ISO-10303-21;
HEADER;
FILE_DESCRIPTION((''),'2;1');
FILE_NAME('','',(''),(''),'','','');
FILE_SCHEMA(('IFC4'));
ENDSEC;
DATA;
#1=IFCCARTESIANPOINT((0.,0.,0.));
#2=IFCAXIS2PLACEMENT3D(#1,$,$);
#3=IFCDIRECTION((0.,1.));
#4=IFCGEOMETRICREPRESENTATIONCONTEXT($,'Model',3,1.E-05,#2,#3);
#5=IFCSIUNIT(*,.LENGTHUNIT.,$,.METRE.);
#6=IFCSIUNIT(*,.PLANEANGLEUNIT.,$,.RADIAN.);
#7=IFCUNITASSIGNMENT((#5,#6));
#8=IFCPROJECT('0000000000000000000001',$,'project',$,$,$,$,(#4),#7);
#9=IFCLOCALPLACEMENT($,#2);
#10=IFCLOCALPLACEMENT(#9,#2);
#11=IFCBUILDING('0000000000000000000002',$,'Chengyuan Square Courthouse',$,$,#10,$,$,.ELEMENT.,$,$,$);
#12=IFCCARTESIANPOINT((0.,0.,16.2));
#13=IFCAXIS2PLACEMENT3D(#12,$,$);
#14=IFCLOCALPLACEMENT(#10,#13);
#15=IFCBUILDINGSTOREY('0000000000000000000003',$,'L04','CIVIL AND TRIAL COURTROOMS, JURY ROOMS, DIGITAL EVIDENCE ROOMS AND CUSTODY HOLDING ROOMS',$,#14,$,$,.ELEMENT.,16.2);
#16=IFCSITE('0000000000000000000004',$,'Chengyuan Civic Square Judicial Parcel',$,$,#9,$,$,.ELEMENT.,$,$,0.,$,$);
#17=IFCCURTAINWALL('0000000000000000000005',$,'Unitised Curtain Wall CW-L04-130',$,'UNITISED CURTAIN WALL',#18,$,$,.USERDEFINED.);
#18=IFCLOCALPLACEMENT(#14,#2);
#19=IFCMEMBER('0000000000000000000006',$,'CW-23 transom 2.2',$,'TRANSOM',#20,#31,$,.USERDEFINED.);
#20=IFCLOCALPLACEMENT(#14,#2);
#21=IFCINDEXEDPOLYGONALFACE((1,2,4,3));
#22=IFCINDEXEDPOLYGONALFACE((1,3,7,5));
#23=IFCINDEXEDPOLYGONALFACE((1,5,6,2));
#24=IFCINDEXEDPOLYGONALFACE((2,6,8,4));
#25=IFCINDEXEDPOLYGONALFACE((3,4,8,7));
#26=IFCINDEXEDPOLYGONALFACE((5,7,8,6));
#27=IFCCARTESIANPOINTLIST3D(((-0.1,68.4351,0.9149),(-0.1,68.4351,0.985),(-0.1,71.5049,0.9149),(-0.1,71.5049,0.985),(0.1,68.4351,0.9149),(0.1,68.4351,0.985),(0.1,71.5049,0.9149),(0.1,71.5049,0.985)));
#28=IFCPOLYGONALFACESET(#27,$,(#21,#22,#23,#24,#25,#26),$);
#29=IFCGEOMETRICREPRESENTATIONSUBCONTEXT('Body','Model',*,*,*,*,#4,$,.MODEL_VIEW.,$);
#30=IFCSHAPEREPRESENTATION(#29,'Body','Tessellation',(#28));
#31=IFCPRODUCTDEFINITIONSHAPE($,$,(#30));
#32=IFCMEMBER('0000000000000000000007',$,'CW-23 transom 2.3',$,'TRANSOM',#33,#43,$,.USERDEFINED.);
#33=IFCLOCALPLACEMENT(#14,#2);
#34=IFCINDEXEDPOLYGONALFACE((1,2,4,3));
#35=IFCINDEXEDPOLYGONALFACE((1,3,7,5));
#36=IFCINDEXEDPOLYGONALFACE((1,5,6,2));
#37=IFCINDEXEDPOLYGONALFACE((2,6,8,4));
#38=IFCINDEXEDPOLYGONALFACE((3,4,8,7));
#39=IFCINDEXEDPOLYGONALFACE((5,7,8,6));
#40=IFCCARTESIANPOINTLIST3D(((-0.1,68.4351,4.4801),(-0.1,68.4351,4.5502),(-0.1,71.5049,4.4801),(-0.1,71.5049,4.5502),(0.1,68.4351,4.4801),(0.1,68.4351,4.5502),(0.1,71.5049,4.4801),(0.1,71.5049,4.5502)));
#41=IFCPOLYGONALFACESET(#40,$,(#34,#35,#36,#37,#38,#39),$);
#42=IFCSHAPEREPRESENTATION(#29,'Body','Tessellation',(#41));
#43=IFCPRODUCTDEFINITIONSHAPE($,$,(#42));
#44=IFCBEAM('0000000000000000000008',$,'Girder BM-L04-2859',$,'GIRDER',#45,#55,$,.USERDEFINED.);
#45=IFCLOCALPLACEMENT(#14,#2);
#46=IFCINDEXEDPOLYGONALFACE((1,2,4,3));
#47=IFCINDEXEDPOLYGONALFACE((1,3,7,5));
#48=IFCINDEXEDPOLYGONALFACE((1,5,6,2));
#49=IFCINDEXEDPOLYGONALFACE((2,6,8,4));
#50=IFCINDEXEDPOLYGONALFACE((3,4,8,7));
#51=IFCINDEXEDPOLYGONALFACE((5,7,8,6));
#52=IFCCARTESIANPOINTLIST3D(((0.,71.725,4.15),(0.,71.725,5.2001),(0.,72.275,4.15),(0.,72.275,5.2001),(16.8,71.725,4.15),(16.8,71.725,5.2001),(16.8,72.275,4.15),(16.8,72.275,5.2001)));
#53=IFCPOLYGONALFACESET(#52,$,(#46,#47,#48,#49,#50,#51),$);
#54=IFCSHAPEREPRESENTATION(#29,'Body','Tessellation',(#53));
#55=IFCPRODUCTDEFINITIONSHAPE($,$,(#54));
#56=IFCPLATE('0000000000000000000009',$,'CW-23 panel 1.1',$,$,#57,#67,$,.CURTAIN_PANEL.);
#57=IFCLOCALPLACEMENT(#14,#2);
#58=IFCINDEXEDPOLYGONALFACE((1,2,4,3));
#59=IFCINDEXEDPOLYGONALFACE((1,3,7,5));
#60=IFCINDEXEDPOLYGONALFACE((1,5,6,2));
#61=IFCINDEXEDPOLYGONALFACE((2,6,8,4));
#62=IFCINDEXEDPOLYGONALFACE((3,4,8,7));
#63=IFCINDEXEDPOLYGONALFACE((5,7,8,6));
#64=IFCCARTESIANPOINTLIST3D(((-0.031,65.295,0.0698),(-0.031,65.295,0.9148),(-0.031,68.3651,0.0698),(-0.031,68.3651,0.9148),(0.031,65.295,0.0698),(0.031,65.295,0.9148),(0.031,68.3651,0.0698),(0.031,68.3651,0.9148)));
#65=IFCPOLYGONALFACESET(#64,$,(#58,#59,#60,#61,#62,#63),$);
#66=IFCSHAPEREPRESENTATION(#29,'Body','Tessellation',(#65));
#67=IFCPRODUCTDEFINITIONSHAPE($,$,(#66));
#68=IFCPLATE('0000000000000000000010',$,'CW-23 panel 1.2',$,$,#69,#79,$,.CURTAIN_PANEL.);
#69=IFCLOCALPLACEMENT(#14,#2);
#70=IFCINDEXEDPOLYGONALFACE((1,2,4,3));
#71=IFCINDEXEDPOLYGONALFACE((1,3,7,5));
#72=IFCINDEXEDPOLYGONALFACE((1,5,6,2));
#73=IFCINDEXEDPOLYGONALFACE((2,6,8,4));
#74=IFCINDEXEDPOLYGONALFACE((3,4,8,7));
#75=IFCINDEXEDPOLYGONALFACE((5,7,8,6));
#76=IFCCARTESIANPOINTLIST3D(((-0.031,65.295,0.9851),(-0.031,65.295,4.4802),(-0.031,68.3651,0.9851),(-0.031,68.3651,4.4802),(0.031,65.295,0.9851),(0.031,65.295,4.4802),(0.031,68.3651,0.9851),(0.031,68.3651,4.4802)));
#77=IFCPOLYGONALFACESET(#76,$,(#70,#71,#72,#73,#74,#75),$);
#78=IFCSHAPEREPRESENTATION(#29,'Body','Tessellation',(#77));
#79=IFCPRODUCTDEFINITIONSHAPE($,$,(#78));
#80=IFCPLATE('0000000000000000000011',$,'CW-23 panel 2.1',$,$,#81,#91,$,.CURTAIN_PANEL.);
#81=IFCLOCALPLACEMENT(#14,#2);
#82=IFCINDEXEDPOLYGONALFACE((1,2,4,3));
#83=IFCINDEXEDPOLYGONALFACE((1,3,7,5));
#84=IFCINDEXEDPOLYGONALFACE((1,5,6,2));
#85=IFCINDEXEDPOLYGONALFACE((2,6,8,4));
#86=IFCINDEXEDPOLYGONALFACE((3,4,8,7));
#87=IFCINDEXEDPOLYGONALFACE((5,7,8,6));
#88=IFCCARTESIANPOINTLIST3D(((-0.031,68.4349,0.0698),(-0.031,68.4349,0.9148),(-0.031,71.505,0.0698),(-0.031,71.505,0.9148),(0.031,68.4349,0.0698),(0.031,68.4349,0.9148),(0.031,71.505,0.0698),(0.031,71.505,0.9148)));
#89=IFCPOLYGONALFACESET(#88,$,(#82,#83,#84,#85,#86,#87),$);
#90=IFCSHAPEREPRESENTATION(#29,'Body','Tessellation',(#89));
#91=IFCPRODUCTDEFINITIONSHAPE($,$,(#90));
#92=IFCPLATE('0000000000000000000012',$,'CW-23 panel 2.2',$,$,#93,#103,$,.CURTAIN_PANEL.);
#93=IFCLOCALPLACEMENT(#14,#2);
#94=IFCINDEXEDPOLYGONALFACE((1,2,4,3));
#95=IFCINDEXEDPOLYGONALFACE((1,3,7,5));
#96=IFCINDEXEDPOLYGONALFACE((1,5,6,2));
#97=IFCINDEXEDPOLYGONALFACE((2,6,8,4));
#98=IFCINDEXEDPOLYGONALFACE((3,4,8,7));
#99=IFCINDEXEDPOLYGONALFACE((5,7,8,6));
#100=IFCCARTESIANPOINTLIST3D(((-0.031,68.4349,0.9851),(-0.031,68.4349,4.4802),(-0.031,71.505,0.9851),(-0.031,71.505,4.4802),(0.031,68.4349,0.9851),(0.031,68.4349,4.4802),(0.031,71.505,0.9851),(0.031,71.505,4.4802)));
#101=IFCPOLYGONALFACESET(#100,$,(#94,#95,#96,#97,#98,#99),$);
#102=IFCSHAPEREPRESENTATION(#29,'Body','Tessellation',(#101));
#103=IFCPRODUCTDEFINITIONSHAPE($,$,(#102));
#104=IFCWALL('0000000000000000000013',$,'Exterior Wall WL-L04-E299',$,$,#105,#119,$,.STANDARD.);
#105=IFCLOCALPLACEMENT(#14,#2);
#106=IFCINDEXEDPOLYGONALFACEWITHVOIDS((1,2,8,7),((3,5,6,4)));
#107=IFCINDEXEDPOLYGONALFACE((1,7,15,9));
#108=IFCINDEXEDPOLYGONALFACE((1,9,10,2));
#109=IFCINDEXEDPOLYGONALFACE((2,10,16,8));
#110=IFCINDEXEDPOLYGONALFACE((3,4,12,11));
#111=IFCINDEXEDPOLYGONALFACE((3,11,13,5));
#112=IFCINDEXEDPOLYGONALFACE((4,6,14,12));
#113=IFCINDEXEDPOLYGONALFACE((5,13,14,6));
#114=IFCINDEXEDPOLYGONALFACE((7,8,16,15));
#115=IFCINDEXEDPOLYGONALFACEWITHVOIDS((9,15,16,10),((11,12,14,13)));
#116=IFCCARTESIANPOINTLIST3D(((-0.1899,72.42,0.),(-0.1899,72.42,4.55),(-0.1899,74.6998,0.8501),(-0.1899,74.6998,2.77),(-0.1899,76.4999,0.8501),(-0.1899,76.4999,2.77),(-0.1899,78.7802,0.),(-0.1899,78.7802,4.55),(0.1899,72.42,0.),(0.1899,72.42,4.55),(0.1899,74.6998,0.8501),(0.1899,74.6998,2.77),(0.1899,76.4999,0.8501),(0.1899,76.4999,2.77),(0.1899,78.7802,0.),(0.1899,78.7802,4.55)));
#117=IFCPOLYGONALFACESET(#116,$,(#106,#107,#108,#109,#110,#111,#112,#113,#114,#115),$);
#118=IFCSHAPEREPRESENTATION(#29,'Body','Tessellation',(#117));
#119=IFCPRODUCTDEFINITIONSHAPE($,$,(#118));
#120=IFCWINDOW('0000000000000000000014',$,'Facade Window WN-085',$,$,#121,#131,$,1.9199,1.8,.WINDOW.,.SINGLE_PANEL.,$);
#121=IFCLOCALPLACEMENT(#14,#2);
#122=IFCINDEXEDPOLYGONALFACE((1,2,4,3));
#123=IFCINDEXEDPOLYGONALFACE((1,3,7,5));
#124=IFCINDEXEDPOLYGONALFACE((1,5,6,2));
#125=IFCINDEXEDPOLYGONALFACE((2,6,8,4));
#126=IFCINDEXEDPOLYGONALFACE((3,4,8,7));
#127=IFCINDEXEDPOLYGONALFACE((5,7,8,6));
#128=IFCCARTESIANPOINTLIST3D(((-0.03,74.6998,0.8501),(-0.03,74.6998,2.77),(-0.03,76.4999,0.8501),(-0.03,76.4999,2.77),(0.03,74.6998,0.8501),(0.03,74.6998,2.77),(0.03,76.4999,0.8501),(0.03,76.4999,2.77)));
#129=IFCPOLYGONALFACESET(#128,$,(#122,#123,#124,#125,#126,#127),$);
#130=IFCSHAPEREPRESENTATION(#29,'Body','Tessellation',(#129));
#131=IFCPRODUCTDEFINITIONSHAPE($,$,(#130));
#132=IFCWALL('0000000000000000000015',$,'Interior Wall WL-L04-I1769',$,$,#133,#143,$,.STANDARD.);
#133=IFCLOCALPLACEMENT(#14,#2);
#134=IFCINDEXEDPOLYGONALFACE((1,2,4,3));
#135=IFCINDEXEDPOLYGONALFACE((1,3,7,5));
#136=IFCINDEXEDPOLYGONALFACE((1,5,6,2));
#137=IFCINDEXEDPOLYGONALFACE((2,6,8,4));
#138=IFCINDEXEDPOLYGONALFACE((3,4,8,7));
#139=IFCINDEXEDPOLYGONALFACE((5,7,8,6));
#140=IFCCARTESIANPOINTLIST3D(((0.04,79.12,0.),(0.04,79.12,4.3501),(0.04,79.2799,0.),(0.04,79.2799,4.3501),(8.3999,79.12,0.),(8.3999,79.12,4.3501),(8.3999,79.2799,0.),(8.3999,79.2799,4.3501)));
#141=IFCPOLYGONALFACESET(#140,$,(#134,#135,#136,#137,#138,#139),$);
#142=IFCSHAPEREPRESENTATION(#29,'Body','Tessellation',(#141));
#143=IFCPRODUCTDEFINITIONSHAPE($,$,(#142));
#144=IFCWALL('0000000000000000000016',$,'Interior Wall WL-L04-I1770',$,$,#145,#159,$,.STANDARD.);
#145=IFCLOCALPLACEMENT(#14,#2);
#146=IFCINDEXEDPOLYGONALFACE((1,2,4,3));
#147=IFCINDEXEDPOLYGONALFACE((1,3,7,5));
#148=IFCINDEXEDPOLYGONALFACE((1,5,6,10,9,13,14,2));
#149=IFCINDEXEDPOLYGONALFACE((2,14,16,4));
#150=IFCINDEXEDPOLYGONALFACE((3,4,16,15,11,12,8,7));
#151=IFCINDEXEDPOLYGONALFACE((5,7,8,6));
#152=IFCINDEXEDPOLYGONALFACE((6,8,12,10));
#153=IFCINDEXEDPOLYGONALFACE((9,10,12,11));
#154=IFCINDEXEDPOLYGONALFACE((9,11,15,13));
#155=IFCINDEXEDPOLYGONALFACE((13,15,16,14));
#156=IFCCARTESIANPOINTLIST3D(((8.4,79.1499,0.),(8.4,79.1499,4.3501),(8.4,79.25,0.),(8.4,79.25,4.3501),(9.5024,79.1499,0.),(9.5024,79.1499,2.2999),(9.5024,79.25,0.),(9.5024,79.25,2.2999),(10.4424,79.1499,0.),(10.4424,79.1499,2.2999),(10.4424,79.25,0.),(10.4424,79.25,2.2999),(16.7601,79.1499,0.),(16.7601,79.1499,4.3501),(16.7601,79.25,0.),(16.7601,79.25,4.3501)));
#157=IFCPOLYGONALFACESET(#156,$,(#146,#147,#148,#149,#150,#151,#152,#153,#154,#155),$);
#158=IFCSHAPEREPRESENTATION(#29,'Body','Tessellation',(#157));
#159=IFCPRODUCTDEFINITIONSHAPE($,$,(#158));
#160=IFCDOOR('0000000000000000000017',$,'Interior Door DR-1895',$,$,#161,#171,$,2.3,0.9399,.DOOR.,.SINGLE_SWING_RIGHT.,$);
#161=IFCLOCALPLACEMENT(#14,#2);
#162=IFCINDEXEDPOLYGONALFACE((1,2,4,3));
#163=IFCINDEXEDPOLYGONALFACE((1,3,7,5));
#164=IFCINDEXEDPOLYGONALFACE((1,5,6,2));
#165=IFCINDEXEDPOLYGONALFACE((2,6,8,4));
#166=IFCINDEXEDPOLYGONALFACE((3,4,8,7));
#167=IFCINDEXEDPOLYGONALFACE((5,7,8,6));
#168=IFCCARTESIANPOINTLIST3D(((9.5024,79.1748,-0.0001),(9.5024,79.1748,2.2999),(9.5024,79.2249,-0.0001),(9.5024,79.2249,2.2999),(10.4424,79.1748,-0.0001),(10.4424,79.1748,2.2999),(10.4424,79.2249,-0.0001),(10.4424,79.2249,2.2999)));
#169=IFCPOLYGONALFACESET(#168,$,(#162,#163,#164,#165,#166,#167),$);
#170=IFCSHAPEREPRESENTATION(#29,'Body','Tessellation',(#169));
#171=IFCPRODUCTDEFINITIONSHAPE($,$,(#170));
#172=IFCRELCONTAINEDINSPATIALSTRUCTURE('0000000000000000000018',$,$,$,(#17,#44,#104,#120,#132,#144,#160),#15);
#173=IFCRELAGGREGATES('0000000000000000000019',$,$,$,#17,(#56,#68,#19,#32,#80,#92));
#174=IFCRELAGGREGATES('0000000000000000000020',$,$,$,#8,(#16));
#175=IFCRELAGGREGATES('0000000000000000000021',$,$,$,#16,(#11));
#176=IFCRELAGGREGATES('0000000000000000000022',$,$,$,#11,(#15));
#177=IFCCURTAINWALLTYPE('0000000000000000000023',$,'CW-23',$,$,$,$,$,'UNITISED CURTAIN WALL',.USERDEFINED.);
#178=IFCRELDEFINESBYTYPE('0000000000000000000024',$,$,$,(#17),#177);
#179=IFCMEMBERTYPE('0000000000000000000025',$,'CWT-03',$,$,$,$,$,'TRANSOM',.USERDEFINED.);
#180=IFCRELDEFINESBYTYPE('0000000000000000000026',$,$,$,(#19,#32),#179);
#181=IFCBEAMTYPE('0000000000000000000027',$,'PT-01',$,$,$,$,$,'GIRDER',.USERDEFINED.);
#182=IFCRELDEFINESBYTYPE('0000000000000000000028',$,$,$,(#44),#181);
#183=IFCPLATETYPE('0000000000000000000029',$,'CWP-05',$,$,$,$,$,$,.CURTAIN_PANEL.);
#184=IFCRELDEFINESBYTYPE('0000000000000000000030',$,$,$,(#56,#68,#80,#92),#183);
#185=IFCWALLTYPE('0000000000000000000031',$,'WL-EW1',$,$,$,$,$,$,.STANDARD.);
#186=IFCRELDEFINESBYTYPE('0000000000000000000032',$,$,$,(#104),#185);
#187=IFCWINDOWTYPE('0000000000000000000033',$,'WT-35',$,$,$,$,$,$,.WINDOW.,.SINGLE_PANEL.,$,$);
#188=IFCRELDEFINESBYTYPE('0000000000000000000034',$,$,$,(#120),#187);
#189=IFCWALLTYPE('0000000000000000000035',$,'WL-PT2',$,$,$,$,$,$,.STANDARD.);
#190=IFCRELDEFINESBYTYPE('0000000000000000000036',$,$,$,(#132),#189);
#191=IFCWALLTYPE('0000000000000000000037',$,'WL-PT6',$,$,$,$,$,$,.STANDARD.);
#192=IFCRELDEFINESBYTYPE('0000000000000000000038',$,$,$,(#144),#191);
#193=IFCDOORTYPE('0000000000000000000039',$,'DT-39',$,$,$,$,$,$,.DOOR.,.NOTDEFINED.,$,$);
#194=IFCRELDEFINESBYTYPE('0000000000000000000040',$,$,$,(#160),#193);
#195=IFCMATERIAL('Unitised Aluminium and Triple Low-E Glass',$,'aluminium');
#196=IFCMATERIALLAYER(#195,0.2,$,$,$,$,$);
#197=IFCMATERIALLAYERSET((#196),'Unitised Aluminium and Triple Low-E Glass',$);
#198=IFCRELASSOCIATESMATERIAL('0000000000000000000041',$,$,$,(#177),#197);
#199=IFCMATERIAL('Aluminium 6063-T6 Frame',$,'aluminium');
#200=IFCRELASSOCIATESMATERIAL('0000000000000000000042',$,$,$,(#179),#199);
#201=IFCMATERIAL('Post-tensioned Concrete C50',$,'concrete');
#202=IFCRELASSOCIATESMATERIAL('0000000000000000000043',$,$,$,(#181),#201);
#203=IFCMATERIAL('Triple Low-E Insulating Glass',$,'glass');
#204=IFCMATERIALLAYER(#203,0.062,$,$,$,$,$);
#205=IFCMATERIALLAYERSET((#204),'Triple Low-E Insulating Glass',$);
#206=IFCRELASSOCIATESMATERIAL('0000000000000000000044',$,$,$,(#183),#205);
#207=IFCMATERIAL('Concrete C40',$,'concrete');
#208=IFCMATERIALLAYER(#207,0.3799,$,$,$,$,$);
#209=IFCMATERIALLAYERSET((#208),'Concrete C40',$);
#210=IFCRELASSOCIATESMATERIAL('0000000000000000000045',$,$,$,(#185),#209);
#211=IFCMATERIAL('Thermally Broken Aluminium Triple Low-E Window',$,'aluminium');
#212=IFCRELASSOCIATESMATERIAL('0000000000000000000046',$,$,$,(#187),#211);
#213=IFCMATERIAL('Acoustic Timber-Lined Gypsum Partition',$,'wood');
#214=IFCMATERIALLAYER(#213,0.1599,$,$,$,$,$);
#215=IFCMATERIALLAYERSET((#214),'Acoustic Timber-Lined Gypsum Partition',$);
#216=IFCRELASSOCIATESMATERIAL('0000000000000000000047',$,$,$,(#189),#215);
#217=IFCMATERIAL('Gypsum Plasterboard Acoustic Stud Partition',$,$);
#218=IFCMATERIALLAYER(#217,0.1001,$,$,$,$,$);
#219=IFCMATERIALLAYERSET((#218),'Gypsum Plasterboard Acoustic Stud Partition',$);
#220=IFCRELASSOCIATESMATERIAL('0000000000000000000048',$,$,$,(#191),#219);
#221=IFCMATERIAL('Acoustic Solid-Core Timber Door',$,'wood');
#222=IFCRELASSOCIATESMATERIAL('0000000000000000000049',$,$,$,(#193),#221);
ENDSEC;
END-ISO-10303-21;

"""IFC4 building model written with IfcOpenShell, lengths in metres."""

from ifc_helpers import new_model, si_unit, direction, frame, frame_2d, origin, origin_2d, place, context, subcontext, project, spatial, rectangle, extrude, material, layer, layer_set, material_profile, profile_set, type_object, element, fill, aggregate, save


model = new_model("IFC4")

# Units and contexts
model_context = context("Model", 3, precision=1e-05, world=origin(), true_north=direction((0.0, 1.0)))
body_context = subcontext(model_context, "Body", "Model", "MODEL_VIEW")
ifc_project = project(units=[si_unit("LENGTHUNIT", "METRE"), si_unit("PLANEANGLEUNIT", "RADIAN")], contexts=[model_context])

# Site, building, storey
site_placement = place(None, origin())
site = spatial("IfcSite", under=ifc_project, at=site_placement, Name="Chengyuan Civic Square Judicial Parcel", CompositionType="ELEMENT", RefElevation=0.0)
building_placement = place(site_placement, origin())
building = spatial("IfcBuilding", under=site, at=building_placement, Name="Chengyuan Square Courthouse", CompositionType="ELEMENT")
storey_placement = place(building_placement, frame((0.0, 0.0, 16.2)))
storey = spatial("IfcBuildingStorey", under=building, at=storey_placement, Name="L04", Description="CIVIL AND TRIAL COURTROOMS, JURY ROOMS, DIGITAL EVIDENCE ROOMS AND CUSTODY HOLDING ROOMS", CompositionType="ELEMENT", Elevation=16.2)

# Shared definitions
ifc_material_1 = material(Name="Concrete C40", Category="concrete")

# Curtain wall, members
ifc_material_2 = material(Name="Unitised Aluminium and Triple Low-E Glass", Category="aluminium")
ifc_layer_1 = layer(ifc_material_2, 0.2)
ifc_layer_set_1 = layer_set([ifc_layer_1], Name="Unitised Aluminium and Triple Low-E Glass")
curtain_wall_type = type_object("IfcCurtainWallType", Name="CW-23", ElementType="UNITISED CURTAIN WALL", PredefinedType="USERDEFINED", material=ifc_layer_set_1)
curtain_wall_placement = place(storey_placement, origin())
curtain_wall = element("IfcCurtainWall", 1, at=curtain_wall_placement, inside=storey, type_object=curtain_wall_type, Name="Unitised Curtain Wall CW-L04-130", ObjectType="UNITISED CURTAIN WALL", PredefinedType="USERDEFINED")
ifc_material_3 = material(Name="Aluminium 6063-T6 Frame", Category="aluminium")
ifc_material_profile_1 = material_profile(ifc_material_3, rectangle(XDim=0.2, YDim=0.0701, at=origin_2d()), Name="CW-TRN-70x160")
ifc_profile_set_1 = profile_set([ifc_material_profile_1], Name="Aluminium 6063-T6 Frame")
member_type_1 = type_object("IfcMemberType", Name="CWT-03", ElementType="TRANSOM", PredefinedType="USERDEFINED", material=ifc_profile_set_1)
member_1_placement = place(storey_placement, frame((0.0, 68.4351, 0.95), z_axis=(0.0, 1.0, 0.0), x_axis=(-1.0, 0.0, 0.0)))
member_1 = element("IfcMember", 2, at=member_1_placement, type_object=member_type_1, Name="CW-23 transom 2.2", ObjectType="TRANSOM", PredefinedType="USERDEFINED", context=body_context, shape_type="SweptSolid", body=[
    extrude(rectangle(XDim=0.2, YDim=0.0701, at=origin_2d()), origin(), (0.0, 0.0, 1.0), 3.0698),
])
member_2_placement = place(storey_placement, frame((0.0, 68.4351, 4.5151), z_axis=(0.0, 1.0, 0.0), x_axis=(-1.0, 0.0, 0.0)))
member_2 = element("IfcMember", 3, at=member_2_placement, type_object=member_type_1, Name="CW-23 transom 2.3", ObjectType="TRANSOM", PredefinedType="USERDEFINED", context=body_context, shape_type="SweptSolid", body=[
    extrude(rectangle(XDim=0.2, YDim=0.0701, at=origin_2d()), origin(), (0.0, 0.0, 1.0), 3.0698),
])

# Beam
ifc_material_4 = material(Name="Post-tensioned Concrete C50", Category="concrete")
ifc_material_profile_2 = material_profile(ifc_material_4, rectangle(XDim=0.55, YDim=1.05, at=origin_2d()), Name="PT-BM-550x1050")
ifc_profile_set_2 = profile_set([ifc_material_profile_2], Name="Post-tensioned Concrete C50")
beam_type_1 = type_object("IfcBeamType", Name="PT-01", ElementType="GIRDER", PredefinedType="USERDEFINED", material=ifc_profile_set_2)
beam_1_placement = place(storey_placement, frame((0.0, 72.0, 4.675), z_axis=(1.0, 0.0, 0.0), x_axis=(0.0, 1.0, 0.0)))
element("IfcBeam", 4, at=beam_1_placement, inside=storey, type_object=beam_type_1, Name="Girder BM-L04-2859", ObjectType="GIRDER", PredefinedType="USERDEFINED", context=body_context, shape_type="SweptSolid", body=[
    extrude(rectangle(XDim=0.55, YDim=1.05, at=origin_2d()), origin(), (0.0, 0.0, 1.0), 16.8),
])

# Plates
ifc_material_5 = material(Name="Triple Low-E Insulating Glass", Category="glass")
ifc_layer_2 = layer(ifc_material_5, 0.062)
ifc_layer_set_2 = layer_set([ifc_layer_2], Name="Triple Low-E Insulating Glass")
plate_type = type_object("IfcPlateType", Name="CWP-05", PredefinedType="CURTAIN_PANEL", material=ifc_layer_set_2)
plate_1_placement = place(storey_placement, frame((0.0, 66.8301, 0.0698), z_axis=(0.0, 0.0, 1.0), x_axis=(0.0, 1.0, 0.0)))
plate_1 = element("IfcPlate", 5, at=plate_1_placement, type_object=plate_type, Name="CW-23 panel 1.1", PredefinedType="CURTAIN_PANEL", context=body_context, shape_type="SweptSolid", body=[
    extrude(rectangle(XDim=3.0701, YDim=0.062, at=origin_2d()), origin(), (0.0, 0.0, 1.0), 0.845),
])
plate_2_placement = place(storey_placement, frame((0.0, 66.8301, 0.9851), z_axis=(0.0, 0.0, 1.0), x_axis=(0.0, 1.0, 0.0)))
plate_2 = element("IfcPlate", 6, at=plate_2_placement, type_object=plate_type, Name="CW-23 panel 1.2", PredefinedType="CURTAIN_PANEL", context=body_context, shape_type="SweptSolid", body=[
    extrude(rectangle(XDim=3.0701, YDim=0.062, at=origin_2d()), origin(), (0.0, 0.0, 1.0), 3.4951),
])
plate_3_placement = place(storey_placement, frame((0.0, 69.97, 0.0698), z_axis=(0.0, 0.0, 1.0), x_axis=(0.0, 1.0, 0.0)))
plate_3 = element("IfcPlate", 7, at=plate_3_placement, type_object=plate_type, Name="CW-23 panel 2.1", PredefinedType="CURTAIN_PANEL", context=body_context, shape_type="SweptSolid", body=[
    extrude(rectangle(XDim=3.0701, YDim=0.062, at=origin_2d()), origin(), (0.0, 0.0, 1.0), 0.845),
])
plate_4_placement = place(storey_placement, frame((0.0, 69.97, 0.9851), z_axis=(0.0, 0.0, 1.0), x_axis=(0.0, 1.0, 0.0)))
plate_4 = element("IfcPlate", 8, at=plate_4_placement, type_object=plate_type, Name="CW-23 panel 2.2", PredefinedType="CURTAIN_PANEL", context=body_context, shape_type="SweptSolid", body=[
    extrude(rectangle(XDim=3.0701, YDim=0.062, at=origin_2d()), origin(), (0.0, 0.0, 1.0), 3.4951),
])
aggregate(curtain_wall, [plate_1, plate_2, member_1, member_2, plate_3, plate_4])

# Wall, opening, window
ifc_layer_3 = layer(ifc_material_1, 0.3799)
ifc_layer_set_3 = layer_set([ifc_layer_3], Name="Concrete C40")
wall_type_1 = type_object("IfcWallType", Name="WL-EW1", PredefinedType="STANDARD", material=ifc_layer_set_3)
wall_1_placement = place(storey_placement, frame((0.0, 72.4199, 0.0), z_axis=(0.0, 0.0, 1.0), x_axis=(0.0, 1.0, 0.0)))
wall_1 = element("IfcWall", 9, at=wall_1_placement, inside=storey, type_object=wall_type_1, Name="Exterior Wall WL-L04-E299", PredefinedType="STANDARD", context=body_context, shape_type="SweptSolid", body=[
    extrude(rectangle(XDim=6.3601, YDim=0.3799, at=frame_2d((3.1802, 0.0))), origin(), (0.0, 0.0, 1.0), 4.55),
])
opening_1_placement = place(wall_1_placement, frame((2.28, 0.0, 0.8501)))
opening_1 = element("IfcOpeningElement", 10, at=opening_1_placement, cuts=wall_1, PredefinedType="OPENING", context=body_context, shape_type="SweptSolid", body=[
    extrude(rectangle(XDim=1.8, YDim=1.9199, at=frame_2d((0.8999, 0.96))), frame((0.0, 0.2019, 0.0), z_axis=(0.0, -1.0, 0.0), x_axis=(1.0, 0.0, 0.0)), (0.0, 0.0, 1.0), 0.4038),
])
ifc_material_6 = material(Name="Thermally Broken Aluminium Triple Low-E Window", Category="aluminium")
window_type = type_object("IfcWindowType", Name="WT-35", PartitioningType="SINGLE_PANEL", PredefinedType="WINDOW", material=ifc_material_6)
window_placement = place(opening_1_placement, origin())
window = element("IfcWindow", 11, at=window_placement, inside=storey, type_object=window_type, Name="Facade Window WN-085", OverallHeight=1.9199, OverallWidth=1.8, PartitioningType="SINGLE_PANEL", PredefinedType="WINDOW", context=body_context, shape_type="SweptSolid", body=[
    extrude(rectangle(XDim=1.8, YDim=1.9199, at=frame_2d((0.8999, 0.96))), frame((0.0, 0.03, 0.0), z_axis=(0.0, -1.0, 0.0), x_axis=(1.0, 0.0, 0.0)), (0.0, 0.0, 1.0), 0.0601),
])
fill(opening_1, window)

# Wall
ifc_material_7 = material(Name="Acoustic Timber-Lined Gypsum Partition", Category="wood")
ifc_layer_4 = layer(ifc_material_7, 0.1599)
ifc_layer_set_4 = layer_set([ifc_layer_4], Name="Acoustic Timber-Lined Gypsum Partition")
wall_type_2 = type_object("IfcWallType", Name="WL-PT2", PredefinedType="STANDARD", material=ifc_layer_set_4)
wall_2_placement = place(storey_placement, frame((0.04, 79.2, 0.0), z_axis=(0.0, 0.0, 1.0), x_axis=(1.0, 0.0, 0.0)))
element("IfcWall", 12, at=wall_2_placement, inside=storey, type_object=wall_type_2, Name="Interior Wall WL-L04-I1769", PredefinedType="STANDARD", context=body_context, shape_type="SweptSolid", body=[
    extrude(rectangle(XDim=8.3599, YDim=0.1599, at=frame_2d((4.1799, 0.0))), origin(), (0.0, 0.0, 1.0), 4.3501),
])

# Wall, opening, door
ifc_material_8 = material(Name="Gypsum Plasterboard Acoustic Stud Partition")
ifc_layer_5 = layer(ifc_material_8, 0.1001)
ifc_layer_set_5 = layer_set([ifc_layer_5], Name="Gypsum Plasterboard Acoustic Stud Partition")
wall_type_3 = type_object("IfcWallType", Name="WL-PT6", PredefinedType="STANDARD", material=ifc_layer_set_5)
wall_3_placement = place(storey_placement, frame((8.3999, 79.2, 0.0), z_axis=(0.0, 0.0, 1.0), x_axis=(1.0, 0.0, 0.0)))
wall_3 = element("IfcWall", 13, at=wall_3_placement, inside=storey, type_object=wall_type_3, Name="Interior Wall WL-L04-I1770", PredefinedType="STANDARD", context=body_context, shape_type="SweptSolid", body=[
    extrude(rectangle(XDim=8.3601, YDim=0.1001, at=frame_2d((4.1802, 0.0))), origin(), (0.0, 0.0, 1.0), 4.3501),
])
opening_2_placement = place(wall_3_placement, frame((1.1025, 0.0, 0.0)))
opening_2 = element("IfcOpeningElement", 14, at=opening_2_placement, cuts=wall_3, PredefinedType="OPENING", context=body_context, shape_type="SweptSolid", body=[
    extrude(rectangle(XDim=0.9399, YDim=2.3, at=frame_2d((0.47, 1.1499))), frame((0.0, 0.062, 0.0), z_axis=(0.0, -1.0, 0.0), x_axis=(1.0, 0.0, 0.0)), (0.0, 0.0, 1.0), 0.124),
])
ifc_material_9 = material(Name="Acoustic Solid-Core Timber Door", Category="wood")
door_type_1 = type_object("IfcDoorType", Name="DT-39", OperationType="NOTDEFINED", PredefinedType="DOOR", material=ifc_material_9)
door_1_placement = place(opening_2_placement, origin())
door_1 = element("IfcDoor", 15, at=door_1_placement, inside=storey, type_object=door_type_1, Name="Interior Door DR-1895", OperationType="SINGLE_SWING_RIGHT", OverallHeight=2.3, OverallWidth=0.9399, PredefinedType="DOOR", context=body_context, shape_type="SweptSolid", body=[
    extrude(rectangle(XDim=0.9399, YDim=2.3, at=frame_2d((0.47, 1.1499))), frame((0.0, 0.0249, 0.0), z_axis=(0.0, -1.0, 0.0), x_axis=(1.0, 0.0, 0.0)), (0.0, 0.0, 1.0), 0.05),
])
fill(opening_2, door_1)

save(model, "model.ifc")
